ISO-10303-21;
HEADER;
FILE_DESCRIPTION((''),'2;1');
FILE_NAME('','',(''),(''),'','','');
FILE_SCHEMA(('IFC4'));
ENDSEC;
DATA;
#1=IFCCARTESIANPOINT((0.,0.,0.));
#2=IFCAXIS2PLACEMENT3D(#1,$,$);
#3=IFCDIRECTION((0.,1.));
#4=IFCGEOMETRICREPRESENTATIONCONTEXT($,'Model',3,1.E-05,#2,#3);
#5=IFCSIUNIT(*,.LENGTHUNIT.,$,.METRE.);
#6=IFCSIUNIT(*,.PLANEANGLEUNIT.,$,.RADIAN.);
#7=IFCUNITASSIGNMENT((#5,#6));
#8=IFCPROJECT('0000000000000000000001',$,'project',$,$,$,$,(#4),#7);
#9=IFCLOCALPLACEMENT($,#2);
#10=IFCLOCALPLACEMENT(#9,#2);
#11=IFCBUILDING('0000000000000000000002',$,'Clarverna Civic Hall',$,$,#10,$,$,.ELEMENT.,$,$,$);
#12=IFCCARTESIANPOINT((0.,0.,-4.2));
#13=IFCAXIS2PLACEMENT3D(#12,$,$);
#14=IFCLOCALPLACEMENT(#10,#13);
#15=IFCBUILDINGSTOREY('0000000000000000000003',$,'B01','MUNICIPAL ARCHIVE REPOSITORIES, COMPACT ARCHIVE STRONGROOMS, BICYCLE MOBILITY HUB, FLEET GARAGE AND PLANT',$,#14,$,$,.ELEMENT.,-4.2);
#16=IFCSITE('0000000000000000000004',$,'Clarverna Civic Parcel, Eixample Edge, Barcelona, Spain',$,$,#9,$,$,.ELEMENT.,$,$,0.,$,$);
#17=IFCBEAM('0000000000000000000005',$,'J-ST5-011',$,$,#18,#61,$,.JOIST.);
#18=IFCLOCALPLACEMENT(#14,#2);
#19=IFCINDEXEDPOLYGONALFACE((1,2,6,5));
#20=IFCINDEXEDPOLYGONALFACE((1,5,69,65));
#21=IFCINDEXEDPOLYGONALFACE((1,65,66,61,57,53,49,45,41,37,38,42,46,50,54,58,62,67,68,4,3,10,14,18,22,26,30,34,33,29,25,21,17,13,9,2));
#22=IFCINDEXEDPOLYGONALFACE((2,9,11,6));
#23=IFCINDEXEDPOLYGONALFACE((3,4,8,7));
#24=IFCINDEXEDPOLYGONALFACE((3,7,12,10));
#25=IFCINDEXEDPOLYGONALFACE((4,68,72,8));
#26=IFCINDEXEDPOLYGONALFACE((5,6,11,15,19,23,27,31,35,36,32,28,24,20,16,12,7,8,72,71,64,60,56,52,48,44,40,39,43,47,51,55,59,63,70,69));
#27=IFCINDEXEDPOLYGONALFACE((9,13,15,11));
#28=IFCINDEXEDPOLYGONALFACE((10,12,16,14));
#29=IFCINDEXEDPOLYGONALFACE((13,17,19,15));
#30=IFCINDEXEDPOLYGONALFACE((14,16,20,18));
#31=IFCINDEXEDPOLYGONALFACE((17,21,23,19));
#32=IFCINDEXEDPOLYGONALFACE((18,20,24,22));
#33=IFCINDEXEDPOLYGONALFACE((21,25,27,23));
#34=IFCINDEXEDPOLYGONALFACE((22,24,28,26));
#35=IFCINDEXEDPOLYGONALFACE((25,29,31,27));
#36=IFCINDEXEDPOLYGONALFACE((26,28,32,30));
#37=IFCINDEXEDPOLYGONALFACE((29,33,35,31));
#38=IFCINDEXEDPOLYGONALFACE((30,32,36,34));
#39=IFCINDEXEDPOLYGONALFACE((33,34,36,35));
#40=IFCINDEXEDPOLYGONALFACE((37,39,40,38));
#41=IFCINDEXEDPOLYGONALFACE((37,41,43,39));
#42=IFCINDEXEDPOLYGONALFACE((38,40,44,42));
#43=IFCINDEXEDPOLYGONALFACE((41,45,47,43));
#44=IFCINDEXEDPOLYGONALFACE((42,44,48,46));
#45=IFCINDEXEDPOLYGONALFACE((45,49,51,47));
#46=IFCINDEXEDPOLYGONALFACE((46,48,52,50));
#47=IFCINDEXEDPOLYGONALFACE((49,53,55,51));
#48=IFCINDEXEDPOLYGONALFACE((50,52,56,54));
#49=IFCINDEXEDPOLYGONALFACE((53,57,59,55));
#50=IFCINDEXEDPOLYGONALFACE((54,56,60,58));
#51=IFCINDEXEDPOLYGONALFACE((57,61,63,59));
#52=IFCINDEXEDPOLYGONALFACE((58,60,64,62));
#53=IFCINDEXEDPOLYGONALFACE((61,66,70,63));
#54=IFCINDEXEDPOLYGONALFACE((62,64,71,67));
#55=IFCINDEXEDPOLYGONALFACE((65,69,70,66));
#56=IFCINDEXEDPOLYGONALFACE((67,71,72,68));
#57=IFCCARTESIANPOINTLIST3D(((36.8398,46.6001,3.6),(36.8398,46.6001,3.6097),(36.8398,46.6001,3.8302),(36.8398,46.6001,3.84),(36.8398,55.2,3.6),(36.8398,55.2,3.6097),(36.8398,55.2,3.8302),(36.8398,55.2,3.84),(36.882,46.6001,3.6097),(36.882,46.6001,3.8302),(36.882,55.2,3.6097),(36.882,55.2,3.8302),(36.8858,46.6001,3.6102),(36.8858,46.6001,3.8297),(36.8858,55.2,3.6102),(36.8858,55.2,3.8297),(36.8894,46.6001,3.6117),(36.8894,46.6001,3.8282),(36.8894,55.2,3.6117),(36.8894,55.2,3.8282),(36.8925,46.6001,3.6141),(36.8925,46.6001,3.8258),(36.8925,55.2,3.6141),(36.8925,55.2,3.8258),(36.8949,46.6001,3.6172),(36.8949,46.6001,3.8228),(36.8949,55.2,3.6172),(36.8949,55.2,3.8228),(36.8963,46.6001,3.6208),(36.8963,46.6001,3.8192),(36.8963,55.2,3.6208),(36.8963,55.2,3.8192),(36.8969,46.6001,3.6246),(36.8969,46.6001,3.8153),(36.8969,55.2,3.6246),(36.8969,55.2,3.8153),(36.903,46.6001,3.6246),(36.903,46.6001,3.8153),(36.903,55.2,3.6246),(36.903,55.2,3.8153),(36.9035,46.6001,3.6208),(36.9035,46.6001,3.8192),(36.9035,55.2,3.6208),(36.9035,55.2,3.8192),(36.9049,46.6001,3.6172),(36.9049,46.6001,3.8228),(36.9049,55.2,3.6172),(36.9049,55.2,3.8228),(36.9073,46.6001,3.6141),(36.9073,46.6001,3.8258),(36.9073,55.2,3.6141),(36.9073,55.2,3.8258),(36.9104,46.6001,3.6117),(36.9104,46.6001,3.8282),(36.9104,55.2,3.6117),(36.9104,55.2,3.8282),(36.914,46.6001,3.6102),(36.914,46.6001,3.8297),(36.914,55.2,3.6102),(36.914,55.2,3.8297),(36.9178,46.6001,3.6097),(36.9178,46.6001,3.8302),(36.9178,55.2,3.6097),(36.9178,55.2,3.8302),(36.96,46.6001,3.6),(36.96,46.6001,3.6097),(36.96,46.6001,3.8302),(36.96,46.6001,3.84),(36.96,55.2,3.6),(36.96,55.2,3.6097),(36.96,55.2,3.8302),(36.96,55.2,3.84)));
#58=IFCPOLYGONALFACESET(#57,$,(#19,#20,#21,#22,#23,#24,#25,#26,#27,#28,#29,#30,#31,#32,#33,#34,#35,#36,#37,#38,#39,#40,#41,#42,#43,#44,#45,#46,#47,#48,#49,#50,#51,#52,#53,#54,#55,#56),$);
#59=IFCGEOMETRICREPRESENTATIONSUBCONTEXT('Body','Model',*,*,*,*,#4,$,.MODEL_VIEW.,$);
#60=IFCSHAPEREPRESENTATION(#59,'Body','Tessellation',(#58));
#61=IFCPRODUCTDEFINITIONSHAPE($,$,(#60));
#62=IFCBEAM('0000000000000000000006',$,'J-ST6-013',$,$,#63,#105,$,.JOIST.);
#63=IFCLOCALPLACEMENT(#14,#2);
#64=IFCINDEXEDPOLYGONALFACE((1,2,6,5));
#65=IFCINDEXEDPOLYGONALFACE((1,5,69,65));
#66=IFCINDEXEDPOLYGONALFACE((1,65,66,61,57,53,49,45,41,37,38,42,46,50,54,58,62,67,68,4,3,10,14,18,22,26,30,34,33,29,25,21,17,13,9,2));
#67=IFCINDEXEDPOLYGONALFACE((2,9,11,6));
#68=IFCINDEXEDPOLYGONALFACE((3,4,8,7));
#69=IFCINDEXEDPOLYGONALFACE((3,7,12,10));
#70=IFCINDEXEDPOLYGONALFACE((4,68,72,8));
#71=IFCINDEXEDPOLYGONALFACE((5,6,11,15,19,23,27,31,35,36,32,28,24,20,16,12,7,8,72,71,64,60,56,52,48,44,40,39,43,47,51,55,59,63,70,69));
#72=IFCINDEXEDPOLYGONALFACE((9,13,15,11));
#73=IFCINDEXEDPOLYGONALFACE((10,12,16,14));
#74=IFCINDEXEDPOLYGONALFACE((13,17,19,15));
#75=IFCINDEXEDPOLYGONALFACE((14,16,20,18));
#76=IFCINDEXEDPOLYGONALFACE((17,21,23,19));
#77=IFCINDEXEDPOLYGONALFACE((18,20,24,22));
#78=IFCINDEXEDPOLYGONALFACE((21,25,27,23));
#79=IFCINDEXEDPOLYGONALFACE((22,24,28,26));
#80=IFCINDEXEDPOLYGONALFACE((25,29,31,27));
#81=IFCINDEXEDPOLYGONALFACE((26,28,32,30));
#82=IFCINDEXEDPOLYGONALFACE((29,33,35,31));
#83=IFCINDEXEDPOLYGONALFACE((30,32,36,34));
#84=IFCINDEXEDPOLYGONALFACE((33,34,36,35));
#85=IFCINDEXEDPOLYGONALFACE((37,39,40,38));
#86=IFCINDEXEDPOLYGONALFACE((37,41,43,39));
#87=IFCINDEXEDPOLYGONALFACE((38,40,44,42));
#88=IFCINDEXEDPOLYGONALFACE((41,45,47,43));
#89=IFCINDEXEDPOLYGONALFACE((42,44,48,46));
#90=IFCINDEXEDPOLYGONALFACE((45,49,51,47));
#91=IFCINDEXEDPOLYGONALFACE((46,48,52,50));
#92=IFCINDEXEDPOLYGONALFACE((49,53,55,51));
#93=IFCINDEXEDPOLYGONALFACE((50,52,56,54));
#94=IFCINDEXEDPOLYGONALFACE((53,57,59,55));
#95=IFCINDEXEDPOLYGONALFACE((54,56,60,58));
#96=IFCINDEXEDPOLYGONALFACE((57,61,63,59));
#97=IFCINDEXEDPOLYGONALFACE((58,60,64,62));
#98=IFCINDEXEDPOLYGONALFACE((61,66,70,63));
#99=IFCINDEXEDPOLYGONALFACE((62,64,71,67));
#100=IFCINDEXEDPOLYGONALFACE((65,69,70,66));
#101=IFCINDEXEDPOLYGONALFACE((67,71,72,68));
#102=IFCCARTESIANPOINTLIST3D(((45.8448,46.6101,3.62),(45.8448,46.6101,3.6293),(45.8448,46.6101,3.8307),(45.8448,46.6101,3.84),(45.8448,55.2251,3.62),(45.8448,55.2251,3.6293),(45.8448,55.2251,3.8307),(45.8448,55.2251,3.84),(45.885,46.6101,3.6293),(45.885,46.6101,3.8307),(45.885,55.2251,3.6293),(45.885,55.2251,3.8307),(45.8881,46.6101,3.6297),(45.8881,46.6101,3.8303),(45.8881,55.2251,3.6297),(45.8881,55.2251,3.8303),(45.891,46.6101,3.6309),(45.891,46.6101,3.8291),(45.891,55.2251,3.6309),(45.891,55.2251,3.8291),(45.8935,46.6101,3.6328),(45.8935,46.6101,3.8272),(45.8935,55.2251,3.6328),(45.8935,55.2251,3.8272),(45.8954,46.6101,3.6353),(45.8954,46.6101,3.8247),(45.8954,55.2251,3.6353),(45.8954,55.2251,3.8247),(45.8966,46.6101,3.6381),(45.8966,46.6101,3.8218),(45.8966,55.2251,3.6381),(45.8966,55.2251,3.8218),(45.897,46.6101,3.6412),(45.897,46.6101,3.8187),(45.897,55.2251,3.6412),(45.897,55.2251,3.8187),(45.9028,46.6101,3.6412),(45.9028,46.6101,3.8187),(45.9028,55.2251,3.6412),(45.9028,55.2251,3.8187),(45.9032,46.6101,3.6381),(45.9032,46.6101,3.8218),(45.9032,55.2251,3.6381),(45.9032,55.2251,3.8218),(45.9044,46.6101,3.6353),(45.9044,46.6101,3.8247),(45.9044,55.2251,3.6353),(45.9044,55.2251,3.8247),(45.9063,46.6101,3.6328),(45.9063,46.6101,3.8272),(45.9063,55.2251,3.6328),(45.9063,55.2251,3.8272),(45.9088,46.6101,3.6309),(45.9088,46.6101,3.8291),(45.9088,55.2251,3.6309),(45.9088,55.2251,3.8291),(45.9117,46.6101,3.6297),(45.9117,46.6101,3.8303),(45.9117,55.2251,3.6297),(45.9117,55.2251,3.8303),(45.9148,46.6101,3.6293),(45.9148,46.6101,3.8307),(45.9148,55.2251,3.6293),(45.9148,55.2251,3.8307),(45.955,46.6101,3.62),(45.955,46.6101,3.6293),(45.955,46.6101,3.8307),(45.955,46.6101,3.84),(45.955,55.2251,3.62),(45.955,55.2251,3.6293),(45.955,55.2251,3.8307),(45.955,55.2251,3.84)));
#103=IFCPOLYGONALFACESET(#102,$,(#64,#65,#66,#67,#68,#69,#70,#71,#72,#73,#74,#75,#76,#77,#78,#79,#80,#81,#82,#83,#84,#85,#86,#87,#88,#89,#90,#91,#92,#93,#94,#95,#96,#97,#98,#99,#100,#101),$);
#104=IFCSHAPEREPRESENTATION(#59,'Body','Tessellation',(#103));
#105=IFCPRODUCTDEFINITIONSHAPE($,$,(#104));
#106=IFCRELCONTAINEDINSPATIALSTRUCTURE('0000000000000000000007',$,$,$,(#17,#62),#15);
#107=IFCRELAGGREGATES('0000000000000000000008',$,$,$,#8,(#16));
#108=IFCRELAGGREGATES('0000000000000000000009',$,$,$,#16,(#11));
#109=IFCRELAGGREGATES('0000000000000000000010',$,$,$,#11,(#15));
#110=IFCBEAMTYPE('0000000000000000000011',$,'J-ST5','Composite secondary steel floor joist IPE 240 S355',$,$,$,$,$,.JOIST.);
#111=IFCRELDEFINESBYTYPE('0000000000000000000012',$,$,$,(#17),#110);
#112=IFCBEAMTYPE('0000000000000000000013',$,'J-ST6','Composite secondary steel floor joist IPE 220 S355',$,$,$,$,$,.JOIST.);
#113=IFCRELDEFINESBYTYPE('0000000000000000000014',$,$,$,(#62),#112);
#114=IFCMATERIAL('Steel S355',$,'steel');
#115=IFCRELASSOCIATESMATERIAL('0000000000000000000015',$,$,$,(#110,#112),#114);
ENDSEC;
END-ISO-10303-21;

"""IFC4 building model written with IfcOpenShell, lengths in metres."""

from ifc_helpers import new_model, si_unit, direction, frame, origin, origin_2d, place, context, subcontext, project, spatial, i_section, extrude, material, material_profile, profile_set, type_object, element, save


model = new_model("IFC4")

# Units and contexts
model_context = context("Model", 3, precision=1e-05, world=origin(), true_north=direction((0.0, 1.0)))
body_context = subcontext(model_context, "Body", "Model", "MODEL_VIEW")
ifc_project = project(units=[si_unit("LENGTHUNIT", "METRE"), si_unit("PLANEANGLEUNIT", "RADIAN")], contexts=[model_context])

# Site, building, storey
site_placement = place(None, origin())
site = spatial("IfcSite", under=ifc_project, at=site_placement, Name="Clarverna Civic Parcel, Eixample Edge, Barcelona, Spain", CompositionType="ELEMENT", RefElevation=0.0)
building_placement = place(site_placement, origin())
building = spatial("IfcBuilding", under=site, at=building_placement, Name="Clarverna Civic Hall", CompositionType="ELEMENT")
storey_placement = place(building_placement, frame((0.0, 0.0, -4.2)))
storey = spatial("IfcBuildingStorey", under=building, at=storey_placement, Name="B01", Description="MUNICIPAL ARCHIVE REPOSITORIES, COMPACT ARCHIVE STRONGROOMS, BICYCLE MOBILITY HUB, FLEET GARAGE AND PLANT", CompositionType="ELEMENT", Elevation=-4.2)

# Beams
ifc_material_1 = material(Name="Steel S355", Category="steel")
ifc_material_profile_1 = material_profile(ifc_material_1, i_section(OverallWidth=0.1201, OverallDepth=0.24, WebThickness=0.0061, FlangeThickness=0.0098, FilletRadius=0.0149, at=origin_2d()), Name="IPE 240")
ifc_profile_set_1 = profile_set([ifc_material_profile_1], Name="Steel S355")
beam_type_1 = type_object("IfcBeamType", Name="J-ST5", Description="Composite secondary steel floor joist IPE 240 S355", PredefinedType="JOIST", material=ifc_profile_set_1)
beam_1_placement = place(storey_placement, frame((36.8999, 46.6001, 3.72), z_axis=(0.0, 1.0, 0.0), x_axis=(-1.0, 0.0, 0.0)))
element("IfcBeam", 1, at=beam_1_placement, inside=storey, type_object=beam_type_1, Name="J-ST5-011", PredefinedType="JOIST", context=body_context, shape_type="SweptSolid", body=[
    extrude(i_section(OverallWidth=0.1201, OverallDepth=0.24, WebThickness=0.0061, FlangeThickness=0.0098, FilletRadius=0.0149, at=origin_2d()), origin(), (0.0, 0.0, 1.0), 8.5999),
])
ifc_material_profile_2 = material_profile(ifc_material_1, i_section(OverallWidth=0.1101, OverallDepth=0.22, WebThickness=0.0059, FlangeThickness=0.0093, FilletRadius=0.012, at=origin_2d()), Name="IPE 220")
ifc_profile_set_2 = profile_set([ifc_material_profile_2], Name="Steel S355")
beam_type_2 = type_object("IfcBeamType", Name="J-ST6", Description="Composite secondary steel floor joist IPE 220 S355", PredefinedType="JOIST", material=ifc_profile_set_2)
beam_2_placement = place(storey_placement, frame((45.8999, 46.6101, 3.73), z_axis=(0.0, 1.0, 0.0), x_axis=(-1.0, 0.0, 0.0)))
element("IfcBeam", 2, at=beam_2_placement, inside=storey, type_object=beam_type_2, Name="J-ST6-013", PredefinedType="JOIST", context=body_context, shape_type="SweptSolid", body=[
    extrude(i_section(OverallWidth=0.1101, OverallDepth=0.22, WebThickness=0.0059, FlangeThickness=0.0093, FilletRadius=0.012, at=origin_2d()), origin(), (0.0, 0.0, 1.0), 8.615),
])

save(model, "model.ifc")
